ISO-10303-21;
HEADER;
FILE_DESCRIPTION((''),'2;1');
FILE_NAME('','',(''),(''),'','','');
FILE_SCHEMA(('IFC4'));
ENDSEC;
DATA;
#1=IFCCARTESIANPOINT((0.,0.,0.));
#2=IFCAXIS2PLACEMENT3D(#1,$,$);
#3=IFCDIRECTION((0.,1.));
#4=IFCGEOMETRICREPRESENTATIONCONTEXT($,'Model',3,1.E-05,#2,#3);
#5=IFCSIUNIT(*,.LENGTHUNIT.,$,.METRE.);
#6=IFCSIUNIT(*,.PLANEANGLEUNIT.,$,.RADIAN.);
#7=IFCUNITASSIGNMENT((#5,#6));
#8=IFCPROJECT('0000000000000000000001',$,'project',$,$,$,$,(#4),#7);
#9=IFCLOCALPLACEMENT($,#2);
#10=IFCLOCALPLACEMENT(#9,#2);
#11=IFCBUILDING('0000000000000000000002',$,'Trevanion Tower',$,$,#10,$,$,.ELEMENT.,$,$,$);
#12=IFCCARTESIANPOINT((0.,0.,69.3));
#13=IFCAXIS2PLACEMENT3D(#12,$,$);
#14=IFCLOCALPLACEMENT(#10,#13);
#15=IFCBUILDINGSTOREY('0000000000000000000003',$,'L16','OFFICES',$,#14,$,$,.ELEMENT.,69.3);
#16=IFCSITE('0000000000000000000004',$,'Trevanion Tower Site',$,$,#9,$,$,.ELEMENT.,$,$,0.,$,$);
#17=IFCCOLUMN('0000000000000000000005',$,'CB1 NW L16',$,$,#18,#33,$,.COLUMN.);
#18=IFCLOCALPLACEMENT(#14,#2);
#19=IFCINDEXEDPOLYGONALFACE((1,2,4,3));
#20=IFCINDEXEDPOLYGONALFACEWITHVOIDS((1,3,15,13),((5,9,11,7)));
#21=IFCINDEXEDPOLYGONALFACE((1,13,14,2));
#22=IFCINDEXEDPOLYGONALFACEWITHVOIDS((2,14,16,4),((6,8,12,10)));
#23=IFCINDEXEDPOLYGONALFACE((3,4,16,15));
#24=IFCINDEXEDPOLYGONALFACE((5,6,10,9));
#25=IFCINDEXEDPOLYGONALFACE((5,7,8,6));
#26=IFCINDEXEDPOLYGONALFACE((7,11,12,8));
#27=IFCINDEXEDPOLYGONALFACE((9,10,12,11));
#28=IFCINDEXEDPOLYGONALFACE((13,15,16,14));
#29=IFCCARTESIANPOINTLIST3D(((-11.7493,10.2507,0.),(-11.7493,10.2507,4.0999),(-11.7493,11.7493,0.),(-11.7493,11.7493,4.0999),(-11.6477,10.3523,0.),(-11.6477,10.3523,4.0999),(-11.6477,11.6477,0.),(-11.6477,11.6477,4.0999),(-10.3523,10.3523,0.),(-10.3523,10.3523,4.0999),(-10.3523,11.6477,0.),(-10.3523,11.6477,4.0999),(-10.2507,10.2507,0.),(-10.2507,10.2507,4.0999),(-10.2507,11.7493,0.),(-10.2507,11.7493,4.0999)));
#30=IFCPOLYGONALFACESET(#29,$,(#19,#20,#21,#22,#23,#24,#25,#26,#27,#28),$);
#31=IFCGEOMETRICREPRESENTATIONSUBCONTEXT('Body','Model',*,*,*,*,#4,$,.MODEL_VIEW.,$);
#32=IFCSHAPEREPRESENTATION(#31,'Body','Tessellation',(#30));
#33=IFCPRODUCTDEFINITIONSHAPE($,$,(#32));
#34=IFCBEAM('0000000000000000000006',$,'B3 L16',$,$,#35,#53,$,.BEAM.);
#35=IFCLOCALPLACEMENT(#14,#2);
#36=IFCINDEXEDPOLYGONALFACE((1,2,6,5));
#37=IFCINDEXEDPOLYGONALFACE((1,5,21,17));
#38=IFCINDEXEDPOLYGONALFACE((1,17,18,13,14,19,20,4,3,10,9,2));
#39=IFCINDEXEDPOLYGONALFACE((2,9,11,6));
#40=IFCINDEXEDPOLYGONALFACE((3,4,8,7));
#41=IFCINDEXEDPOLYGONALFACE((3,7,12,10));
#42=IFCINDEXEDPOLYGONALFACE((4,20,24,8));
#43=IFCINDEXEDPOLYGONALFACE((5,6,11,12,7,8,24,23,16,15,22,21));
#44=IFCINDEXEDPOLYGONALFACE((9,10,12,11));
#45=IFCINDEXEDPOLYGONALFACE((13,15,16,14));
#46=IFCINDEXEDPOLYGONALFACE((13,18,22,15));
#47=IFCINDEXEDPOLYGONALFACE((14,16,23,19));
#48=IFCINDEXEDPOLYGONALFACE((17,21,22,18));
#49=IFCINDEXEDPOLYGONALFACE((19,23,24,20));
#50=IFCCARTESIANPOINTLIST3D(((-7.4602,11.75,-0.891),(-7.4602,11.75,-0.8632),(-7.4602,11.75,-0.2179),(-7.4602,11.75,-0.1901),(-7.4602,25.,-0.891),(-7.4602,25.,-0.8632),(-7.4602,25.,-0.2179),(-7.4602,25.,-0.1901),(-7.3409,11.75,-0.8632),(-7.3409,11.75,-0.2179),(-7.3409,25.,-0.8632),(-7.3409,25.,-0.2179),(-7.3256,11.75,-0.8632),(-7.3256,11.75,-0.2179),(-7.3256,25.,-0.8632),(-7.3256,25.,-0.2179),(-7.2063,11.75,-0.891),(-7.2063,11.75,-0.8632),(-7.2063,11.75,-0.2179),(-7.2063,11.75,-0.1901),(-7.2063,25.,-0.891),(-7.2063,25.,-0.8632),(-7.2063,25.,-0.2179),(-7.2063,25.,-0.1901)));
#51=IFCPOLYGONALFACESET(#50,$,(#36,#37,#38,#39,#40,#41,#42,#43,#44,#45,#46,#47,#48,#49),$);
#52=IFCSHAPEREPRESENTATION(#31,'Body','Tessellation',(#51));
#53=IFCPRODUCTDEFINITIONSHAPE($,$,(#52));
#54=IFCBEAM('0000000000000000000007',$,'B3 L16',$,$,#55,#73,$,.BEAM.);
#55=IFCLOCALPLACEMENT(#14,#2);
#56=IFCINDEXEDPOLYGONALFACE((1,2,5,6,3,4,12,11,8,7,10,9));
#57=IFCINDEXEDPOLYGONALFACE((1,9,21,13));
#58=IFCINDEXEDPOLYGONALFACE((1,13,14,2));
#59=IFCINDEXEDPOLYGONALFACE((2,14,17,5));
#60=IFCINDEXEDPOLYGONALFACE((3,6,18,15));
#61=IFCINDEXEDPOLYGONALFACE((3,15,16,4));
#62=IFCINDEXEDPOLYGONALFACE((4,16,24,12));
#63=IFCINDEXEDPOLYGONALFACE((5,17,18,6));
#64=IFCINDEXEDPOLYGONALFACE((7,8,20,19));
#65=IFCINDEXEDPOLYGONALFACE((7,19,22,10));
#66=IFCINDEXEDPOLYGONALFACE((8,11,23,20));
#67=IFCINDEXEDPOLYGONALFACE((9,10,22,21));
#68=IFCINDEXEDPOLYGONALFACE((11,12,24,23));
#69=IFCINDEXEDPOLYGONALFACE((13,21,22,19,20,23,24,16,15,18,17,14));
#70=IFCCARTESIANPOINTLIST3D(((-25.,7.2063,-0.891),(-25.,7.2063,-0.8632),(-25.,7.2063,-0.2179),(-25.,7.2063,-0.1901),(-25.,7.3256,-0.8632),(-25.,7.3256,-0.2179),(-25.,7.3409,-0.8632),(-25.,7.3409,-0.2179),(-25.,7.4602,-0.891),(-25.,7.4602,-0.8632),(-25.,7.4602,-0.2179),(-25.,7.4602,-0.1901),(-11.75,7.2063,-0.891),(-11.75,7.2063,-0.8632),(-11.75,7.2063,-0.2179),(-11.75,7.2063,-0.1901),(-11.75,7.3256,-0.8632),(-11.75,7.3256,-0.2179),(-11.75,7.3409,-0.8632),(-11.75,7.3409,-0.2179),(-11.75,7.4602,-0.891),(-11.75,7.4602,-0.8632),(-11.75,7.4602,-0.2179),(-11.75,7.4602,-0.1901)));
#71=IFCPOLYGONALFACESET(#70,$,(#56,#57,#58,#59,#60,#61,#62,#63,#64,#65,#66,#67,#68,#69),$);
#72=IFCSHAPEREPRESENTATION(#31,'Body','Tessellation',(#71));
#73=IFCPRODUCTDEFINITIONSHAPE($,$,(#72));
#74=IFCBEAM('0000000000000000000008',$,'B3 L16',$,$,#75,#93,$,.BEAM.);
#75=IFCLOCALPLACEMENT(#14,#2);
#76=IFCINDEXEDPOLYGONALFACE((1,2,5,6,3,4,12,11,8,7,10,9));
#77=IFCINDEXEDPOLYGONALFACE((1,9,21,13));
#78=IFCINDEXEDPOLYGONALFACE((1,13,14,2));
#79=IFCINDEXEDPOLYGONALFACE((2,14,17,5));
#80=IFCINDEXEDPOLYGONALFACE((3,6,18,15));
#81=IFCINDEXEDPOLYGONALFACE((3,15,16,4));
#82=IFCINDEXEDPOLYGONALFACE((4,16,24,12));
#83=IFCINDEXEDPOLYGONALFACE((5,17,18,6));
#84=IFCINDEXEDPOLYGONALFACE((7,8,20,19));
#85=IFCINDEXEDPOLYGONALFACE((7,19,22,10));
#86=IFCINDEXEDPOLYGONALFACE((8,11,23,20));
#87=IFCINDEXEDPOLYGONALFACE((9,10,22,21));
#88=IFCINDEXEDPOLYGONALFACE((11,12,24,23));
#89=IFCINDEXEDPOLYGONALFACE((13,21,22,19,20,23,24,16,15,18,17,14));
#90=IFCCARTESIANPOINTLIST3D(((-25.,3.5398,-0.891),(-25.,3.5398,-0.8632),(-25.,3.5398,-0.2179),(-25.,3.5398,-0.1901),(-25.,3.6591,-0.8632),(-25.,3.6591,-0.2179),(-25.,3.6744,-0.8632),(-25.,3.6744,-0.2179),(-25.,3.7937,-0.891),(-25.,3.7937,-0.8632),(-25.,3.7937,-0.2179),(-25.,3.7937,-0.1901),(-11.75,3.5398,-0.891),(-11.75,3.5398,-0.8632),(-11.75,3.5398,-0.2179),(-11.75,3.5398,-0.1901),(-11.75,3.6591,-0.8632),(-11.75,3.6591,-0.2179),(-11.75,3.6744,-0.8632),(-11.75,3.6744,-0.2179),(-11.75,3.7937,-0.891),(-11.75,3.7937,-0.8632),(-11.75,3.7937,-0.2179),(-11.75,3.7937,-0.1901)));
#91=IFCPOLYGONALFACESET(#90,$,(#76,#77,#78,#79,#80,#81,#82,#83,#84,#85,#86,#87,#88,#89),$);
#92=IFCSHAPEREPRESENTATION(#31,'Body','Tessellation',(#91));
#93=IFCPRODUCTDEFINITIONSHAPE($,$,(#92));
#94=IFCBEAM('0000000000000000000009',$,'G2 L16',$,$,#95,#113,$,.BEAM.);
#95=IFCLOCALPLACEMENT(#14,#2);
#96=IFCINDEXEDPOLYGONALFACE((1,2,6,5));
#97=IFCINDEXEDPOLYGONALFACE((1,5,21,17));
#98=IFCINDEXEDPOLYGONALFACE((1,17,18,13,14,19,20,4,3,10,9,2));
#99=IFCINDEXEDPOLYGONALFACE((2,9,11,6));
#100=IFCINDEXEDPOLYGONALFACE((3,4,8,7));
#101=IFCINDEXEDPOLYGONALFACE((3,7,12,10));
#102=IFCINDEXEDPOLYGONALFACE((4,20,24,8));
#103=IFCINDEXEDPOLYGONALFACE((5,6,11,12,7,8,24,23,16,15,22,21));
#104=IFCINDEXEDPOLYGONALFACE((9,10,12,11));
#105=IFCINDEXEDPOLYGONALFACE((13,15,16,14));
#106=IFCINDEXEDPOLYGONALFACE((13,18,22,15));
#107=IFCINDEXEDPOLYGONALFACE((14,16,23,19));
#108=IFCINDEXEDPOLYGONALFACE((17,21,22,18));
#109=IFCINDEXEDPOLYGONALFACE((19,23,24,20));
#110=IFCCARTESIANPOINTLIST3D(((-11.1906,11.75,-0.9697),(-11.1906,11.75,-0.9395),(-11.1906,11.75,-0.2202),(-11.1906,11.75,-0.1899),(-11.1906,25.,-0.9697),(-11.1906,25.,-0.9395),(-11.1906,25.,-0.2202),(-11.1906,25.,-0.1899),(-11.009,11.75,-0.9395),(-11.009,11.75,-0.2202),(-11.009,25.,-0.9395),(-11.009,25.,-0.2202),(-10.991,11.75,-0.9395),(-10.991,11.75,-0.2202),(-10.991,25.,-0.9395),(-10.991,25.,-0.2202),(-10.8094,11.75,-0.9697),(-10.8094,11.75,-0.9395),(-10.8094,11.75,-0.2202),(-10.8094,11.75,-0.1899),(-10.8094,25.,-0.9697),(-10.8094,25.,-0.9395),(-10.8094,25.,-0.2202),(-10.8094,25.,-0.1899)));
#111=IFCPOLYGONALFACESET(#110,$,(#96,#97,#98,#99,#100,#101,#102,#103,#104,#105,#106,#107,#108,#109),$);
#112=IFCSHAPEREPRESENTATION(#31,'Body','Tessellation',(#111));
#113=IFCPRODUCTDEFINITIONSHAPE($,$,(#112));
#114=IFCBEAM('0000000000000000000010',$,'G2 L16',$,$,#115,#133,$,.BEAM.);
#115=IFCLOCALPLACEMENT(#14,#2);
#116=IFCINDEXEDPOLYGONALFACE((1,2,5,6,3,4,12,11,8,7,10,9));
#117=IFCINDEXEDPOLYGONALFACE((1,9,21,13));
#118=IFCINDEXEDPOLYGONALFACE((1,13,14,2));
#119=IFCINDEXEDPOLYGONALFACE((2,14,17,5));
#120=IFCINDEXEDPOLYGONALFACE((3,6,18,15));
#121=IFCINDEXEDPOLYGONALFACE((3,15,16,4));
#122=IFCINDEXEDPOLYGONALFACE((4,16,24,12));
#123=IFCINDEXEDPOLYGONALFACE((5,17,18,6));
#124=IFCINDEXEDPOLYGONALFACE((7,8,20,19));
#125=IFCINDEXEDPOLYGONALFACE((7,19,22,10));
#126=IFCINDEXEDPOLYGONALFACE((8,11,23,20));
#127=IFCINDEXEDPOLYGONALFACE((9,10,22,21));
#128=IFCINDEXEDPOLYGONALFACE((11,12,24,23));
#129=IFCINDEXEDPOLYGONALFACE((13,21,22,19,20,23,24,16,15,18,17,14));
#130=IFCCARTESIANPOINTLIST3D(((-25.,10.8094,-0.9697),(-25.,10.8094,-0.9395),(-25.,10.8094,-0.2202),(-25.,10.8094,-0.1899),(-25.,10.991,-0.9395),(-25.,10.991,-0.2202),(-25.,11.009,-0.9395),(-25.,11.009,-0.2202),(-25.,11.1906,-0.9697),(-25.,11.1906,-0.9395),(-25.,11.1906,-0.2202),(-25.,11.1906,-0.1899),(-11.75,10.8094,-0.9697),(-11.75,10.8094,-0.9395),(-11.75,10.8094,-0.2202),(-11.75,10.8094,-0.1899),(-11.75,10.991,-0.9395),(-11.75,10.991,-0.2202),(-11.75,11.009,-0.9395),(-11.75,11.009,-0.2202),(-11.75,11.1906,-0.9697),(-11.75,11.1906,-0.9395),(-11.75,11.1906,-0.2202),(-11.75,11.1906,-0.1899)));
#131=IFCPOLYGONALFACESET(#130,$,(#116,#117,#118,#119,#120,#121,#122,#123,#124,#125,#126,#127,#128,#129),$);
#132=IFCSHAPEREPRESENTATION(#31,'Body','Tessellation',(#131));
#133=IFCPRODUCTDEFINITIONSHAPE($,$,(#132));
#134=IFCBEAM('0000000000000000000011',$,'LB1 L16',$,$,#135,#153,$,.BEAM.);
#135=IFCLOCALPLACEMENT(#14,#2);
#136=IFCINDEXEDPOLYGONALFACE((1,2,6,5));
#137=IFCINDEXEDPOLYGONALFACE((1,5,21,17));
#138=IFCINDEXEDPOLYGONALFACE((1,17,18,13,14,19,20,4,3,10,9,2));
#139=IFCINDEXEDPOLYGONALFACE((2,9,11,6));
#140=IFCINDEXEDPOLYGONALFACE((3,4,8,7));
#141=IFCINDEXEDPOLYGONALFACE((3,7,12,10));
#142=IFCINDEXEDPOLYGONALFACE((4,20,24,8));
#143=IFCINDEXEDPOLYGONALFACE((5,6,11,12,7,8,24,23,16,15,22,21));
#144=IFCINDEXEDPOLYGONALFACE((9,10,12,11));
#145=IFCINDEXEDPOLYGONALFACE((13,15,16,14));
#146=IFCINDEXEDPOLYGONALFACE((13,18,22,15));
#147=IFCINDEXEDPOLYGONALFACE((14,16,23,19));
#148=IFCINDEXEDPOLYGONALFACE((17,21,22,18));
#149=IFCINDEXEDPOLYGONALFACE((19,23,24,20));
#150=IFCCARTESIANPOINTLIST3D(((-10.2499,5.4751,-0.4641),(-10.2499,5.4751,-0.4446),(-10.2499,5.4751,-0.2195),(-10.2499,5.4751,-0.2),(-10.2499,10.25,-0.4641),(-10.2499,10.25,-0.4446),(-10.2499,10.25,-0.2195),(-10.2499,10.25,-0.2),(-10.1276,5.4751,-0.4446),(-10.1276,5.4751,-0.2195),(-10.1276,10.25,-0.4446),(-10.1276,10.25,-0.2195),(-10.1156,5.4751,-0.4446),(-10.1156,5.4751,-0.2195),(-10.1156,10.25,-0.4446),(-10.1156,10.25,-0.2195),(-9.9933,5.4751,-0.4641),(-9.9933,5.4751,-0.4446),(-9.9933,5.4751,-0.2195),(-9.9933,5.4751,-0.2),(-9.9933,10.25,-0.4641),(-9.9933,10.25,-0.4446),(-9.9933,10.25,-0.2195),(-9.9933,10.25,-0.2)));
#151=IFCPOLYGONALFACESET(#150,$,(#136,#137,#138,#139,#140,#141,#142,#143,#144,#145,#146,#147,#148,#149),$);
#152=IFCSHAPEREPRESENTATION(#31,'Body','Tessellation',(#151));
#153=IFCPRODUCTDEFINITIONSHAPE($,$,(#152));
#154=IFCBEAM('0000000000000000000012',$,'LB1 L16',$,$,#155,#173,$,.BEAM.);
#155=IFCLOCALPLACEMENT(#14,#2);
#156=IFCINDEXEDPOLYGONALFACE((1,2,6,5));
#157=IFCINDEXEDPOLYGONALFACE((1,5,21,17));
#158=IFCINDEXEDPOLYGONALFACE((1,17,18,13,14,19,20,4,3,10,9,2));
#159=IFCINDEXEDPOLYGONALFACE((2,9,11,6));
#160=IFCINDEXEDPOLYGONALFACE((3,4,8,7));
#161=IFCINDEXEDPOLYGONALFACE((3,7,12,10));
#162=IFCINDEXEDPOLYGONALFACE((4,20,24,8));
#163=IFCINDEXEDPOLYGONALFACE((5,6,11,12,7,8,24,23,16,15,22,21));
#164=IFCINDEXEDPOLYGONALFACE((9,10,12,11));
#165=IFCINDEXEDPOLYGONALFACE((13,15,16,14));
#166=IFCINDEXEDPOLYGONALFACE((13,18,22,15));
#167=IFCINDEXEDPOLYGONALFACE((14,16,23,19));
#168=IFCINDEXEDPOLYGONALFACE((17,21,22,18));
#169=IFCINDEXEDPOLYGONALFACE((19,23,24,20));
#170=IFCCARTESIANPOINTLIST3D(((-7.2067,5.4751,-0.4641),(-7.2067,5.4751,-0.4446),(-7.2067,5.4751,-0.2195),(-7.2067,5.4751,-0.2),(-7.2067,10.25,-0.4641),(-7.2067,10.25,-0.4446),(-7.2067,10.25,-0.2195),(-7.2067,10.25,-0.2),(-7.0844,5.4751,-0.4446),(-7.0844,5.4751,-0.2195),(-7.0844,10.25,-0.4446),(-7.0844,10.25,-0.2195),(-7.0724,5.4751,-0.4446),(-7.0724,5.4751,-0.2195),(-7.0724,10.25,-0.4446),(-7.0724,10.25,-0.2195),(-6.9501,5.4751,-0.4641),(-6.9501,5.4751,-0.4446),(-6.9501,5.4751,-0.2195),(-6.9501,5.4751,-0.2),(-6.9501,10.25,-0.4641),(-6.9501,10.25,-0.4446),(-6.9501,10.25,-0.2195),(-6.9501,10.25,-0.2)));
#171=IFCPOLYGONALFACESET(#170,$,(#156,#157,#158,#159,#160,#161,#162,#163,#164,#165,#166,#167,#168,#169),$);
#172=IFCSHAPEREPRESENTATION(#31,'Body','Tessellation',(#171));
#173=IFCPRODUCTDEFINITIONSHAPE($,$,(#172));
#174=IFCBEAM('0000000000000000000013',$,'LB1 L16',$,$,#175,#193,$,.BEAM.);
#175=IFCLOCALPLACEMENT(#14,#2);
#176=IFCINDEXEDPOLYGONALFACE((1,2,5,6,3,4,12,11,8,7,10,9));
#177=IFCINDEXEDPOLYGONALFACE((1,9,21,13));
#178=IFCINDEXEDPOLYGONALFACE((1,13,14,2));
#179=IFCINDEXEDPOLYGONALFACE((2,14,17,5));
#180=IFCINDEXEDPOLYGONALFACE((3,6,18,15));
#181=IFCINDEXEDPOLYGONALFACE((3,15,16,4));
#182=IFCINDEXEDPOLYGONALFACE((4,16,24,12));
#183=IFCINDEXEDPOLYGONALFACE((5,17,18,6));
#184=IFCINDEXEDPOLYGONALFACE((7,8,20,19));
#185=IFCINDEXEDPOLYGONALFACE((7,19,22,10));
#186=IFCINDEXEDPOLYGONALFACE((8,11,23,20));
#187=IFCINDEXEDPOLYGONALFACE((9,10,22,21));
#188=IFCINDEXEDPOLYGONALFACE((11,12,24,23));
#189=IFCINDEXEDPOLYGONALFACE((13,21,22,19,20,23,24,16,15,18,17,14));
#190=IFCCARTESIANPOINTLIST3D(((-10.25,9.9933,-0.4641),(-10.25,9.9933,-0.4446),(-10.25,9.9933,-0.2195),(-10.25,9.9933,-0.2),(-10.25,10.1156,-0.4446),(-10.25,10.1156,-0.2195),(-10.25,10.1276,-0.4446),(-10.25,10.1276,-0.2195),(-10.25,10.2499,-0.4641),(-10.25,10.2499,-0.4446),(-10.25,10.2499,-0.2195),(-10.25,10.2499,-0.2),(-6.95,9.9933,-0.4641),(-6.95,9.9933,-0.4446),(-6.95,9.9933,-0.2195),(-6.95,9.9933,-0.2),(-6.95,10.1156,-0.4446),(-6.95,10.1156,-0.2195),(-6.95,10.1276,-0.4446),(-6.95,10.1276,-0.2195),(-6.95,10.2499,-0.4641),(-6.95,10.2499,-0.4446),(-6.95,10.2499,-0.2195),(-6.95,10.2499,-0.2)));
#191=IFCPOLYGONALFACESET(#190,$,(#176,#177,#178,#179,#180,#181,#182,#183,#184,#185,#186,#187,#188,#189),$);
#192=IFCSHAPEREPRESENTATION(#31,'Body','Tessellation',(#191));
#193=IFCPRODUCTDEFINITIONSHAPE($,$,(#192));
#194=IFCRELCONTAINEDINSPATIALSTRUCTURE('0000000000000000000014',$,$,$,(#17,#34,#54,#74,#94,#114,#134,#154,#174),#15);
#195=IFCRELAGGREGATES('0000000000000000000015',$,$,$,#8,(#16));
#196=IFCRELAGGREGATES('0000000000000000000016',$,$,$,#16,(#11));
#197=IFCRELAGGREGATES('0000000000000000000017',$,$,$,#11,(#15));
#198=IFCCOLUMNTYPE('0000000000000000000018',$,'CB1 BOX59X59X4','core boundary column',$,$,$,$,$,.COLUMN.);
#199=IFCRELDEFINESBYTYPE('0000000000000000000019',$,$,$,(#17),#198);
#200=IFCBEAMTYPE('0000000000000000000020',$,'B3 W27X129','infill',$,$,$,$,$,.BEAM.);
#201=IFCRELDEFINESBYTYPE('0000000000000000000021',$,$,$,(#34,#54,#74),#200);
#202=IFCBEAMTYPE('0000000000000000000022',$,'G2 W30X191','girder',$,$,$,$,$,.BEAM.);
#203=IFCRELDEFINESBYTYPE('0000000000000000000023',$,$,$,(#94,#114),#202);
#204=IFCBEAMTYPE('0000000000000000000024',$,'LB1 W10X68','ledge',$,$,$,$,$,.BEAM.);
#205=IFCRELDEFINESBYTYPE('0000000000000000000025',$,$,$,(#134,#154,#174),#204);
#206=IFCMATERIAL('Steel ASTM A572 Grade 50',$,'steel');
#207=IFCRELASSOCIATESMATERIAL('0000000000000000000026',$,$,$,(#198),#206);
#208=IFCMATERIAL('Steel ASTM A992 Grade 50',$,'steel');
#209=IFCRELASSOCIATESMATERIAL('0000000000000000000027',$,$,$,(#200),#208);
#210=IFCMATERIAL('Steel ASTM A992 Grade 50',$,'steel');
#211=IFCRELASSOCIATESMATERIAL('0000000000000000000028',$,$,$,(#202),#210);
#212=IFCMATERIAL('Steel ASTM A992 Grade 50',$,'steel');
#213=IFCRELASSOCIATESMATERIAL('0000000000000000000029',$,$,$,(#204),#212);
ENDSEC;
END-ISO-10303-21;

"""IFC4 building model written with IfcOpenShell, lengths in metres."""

from ifc_helpers import new_model, si_unit, direction, frame, origin, origin_2d, place, context, subcontext, project, spatial, hollow_rectangle, i_section, extrude, material, material_profile, profile_set, type_object, element, save


model = new_model("IFC4")

# Units and contexts
model_context = context("Model", 3, precision=1e-05, world=origin(), true_north=direction((0.0, 1.0)))
body_context = subcontext(model_context, "Body", "Model", "MODEL_VIEW")
ifc_project = project(units=[si_unit("LENGTHUNIT", "METRE"), si_unit("PLANEANGLEUNIT", "RADIAN")], contexts=[model_context])

# Site, building, storey
site_placement = place(None, origin())
site = spatial("IfcSite", under=ifc_project, at=site_placement, Name="Trevanion Tower Site", CompositionType="ELEMENT", RefElevation=0.0)
building_placement = place(site_placement, origin())
building = spatial("IfcBuilding", under=site, at=building_placement, Name="Trevanion Tower", CompositionType="ELEMENT")
storey_placement = place(building_placement, frame((0.0, 0.0, 69.3)))
storey = spatial("IfcBuildingStorey", under=building, at=storey_placement, Name="L16", Description="OFFICES", CompositionType="ELEMENT", Elevation=69.3)

# Column
ifc_material_1 = material(Name="Steel ASTM A572 Grade 50", Category="steel")
ifc_material_profile_1 = material_profile(ifc_material_1, hollow_rectangle(XDim=1.4985, YDim=1.4985, WallThickness=0.1016, at=origin_2d()), Name="BOX59X59X4")
ifc_profile_set_1 = profile_set([ifc_material_profile_1], Name="Steel ASTM A572 Grade 50")
column_type = type_object("IfcColumnType", Name="CB1 BOX59X59X4", Description="core boundary column", PredefinedType="COLUMN", material=ifc_profile_set_1)
column_placement = place(storey_placement, frame((-11.0, 11.0, 0.0), z_axis=(0.0, 0.0, 1.0), x_axis=(1.0, 0.0, 0.0)))
element("IfcColumn", 1, at=column_placement, inside=storey, type_object=column_type, Name="CB1 NW L16", PredefinedType="COLUMN", context=body_context, shape_type="SweptSolid", body=[
    extrude(hollow_rectangle(XDim=1.4985, YDim=1.4985, WallThickness=0.1016, at=origin_2d()), origin(), (0.0, 0.0, 1.0), 4.0999),
])

# Beams
ifc_material_2 = material(Name="Steel ASTM A992 Grade 50", Category="steel")
ifc_material_profile_2 = material_profile(ifc_material_2, i_section(OverallWidth=0.2539, OverallDepth=0.7009, WebThickness=0.0154, FlangeThickness=0.0278, at=origin_2d()), Name="W27X129")
ifc_profile_set_2 = profile_set([ifc_material_profile_2], Name="Steel ASTM A992 Grade 50")
beam_type_1 = type_object("IfcBeamType", Name="B3 W27X129", Description="infill", PredefinedType="BEAM", material=ifc_profile_set_2)
for number, where, z_axis, x_axis, name in (
    (2, (-7.3333, 11.75, -0.5405), (0.0, 1.0, 0.0), (-1.0, 0.0, 0.0), "B3 L16"),
    (3, (-11.75, 7.3333, -0.5405), (-1.0, 0.0, 0.0), (0.0, -1.0, 0.0), "B3 L16"),
    (4, (-11.75, 3.6667, -0.5405), (-1.0, 0.0, 0.0), (0.0, -1.0, 0.0), "B3 L16"),
):
    element("IfcBeam", number, at=place(storey_placement, frame(where, z_axis=z_axis, x_axis=x_axis)), inside=storey, type_object=beam_type_1, Name=name, PredefinedType="BEAM", context=body_context, shape_type="SweptSolid", body=[
        extrude(i_section(OverallWidth=0.2539, OverallDepth=0.7009, WebThickness=0.0154, FlangeThickness=0.0278, at=origin_2d()), origin(), (0.0, 0.0, 1.0), 13.25),
    ])
ifc_material_3 = material(Name="Steel ASTM A992 Grade 50", Category="steel")
ifc_material_profile_3 = material_profile(ifc_material_3, i_section(OverallWidth=0.3811, OverallDepth=0.7798, WebThickness=0.0181, FlangeThickness=0.0303, at=origin_2d()), Name="W30X191")
ifc_profile_set_3 = profile_set([ifc_material_profile_3], Name="Steel ASTM A992 Grade 50")
beam_type_2 = type_object("IfcBeamType", Name="G2 W30X191", Description="girder", PredefinedType="BEAM", material=ifc_profile_set_3)
for number, where, z_axis, x_axis, name in (
    (5, (-11.0, 11.75, -0.5798), (0.0, 1.0, 0.0), (-1.0, 0.0, 0.0), "G2 L16"),
    (6, (-11.75, 11.0, -0.5798), (-1.0, 0.0, 0.0), (0.0, -1.0, 0.0), "G2 L16"),
):
    element("IfcBeam", number, at=place(storey_placement, frame(where, z_axis=z_axis, x_axis=x_axis)), inside=storey, type_object=beam_type_2, Name=name, PredefinedType="BEAM", context=body_context, shape_type="SweptSolid", body=[
        extrude(i_section(OverallWidth=0.3811, OverallDepth=0.7798, WebThickness=0.0181, FlangeThickness=0.0303, at=origin_2d()), origin(), (0.0, 0.0, 1.0), 13.25),
    ])
ifc_material_4 = material(Name="Steel ASTM A992 Grade 50", Category="steel")
ifc_material_profile_4 = material_profile(ifc_material_4, i_section(OverallWidth=0.2566, OverallDepth=0.2642, WebThickness=0.012, FlangeThickness=0.0195, at=origin_2d()), Name="W10X68")
ifc_profile_set_4 = profile_set([ifc_material_profile_4], Name="Steel ASTM A992 Grade 50")
beam_type_3 = type_object("IfcBeamType", Name="LB1 W10X68", Description="ledge", PredefinedType="BEAM", material=ifc_profile_set_4)
for number, where, z_axis, x_axis, name in (
    (7, (-10.1216, 5.4751, -0.332), (0.0, 1.0, 0.0), (-1.0, 0.0, 0.0), "LB1 L16"),
    (8, (-7.0784, 5.4751, -0.332), (0.0, 1.0, 0.0), (-1.0, 0.0, 0.0), "LB1 L16"),
):
    element("IfcBeam", number, at=place(storey_placement, frame(where, z_axis=z_axis, x_axis=x_axis)), inside=storey, type_object=beam_type_3, Name=name, PredefinedType="BEAM", context=body_context, shape_type="SweptSolid", body=[
        extrude(i_section(OverallWidth=0.2566, OverallDepth=0.2642, WebThickness=0.012, FlangeThickness=0.0195, at=origin_2d()), origin(), (0.0, 0.0, 1.0), 4.7749),
    ])
beam_placement = place(storey_placement, frame((-10.25, 10.1216, -0.332), z_axis=(1.0, 0.0, 0.0), x_axis=(0.0, 1.0, 0.0)))
element("IfcBeam", 9, at=beam_placement, inside=storey, type_object=beam_type_3, Name="LB1 L16", PredefinedType="BEAM", context=body_context, shape_type="SweptSolid", body=[
    extrude(i_section(OverallWidth=0.2566, OverallDepth=0.2642, WebThickness=0.012, FlangeThickness=0.0195, at=origin_2d()), origin(), (0.0, 0.0, 1.0), 3.3),
])

save(model, "model.ifc")
